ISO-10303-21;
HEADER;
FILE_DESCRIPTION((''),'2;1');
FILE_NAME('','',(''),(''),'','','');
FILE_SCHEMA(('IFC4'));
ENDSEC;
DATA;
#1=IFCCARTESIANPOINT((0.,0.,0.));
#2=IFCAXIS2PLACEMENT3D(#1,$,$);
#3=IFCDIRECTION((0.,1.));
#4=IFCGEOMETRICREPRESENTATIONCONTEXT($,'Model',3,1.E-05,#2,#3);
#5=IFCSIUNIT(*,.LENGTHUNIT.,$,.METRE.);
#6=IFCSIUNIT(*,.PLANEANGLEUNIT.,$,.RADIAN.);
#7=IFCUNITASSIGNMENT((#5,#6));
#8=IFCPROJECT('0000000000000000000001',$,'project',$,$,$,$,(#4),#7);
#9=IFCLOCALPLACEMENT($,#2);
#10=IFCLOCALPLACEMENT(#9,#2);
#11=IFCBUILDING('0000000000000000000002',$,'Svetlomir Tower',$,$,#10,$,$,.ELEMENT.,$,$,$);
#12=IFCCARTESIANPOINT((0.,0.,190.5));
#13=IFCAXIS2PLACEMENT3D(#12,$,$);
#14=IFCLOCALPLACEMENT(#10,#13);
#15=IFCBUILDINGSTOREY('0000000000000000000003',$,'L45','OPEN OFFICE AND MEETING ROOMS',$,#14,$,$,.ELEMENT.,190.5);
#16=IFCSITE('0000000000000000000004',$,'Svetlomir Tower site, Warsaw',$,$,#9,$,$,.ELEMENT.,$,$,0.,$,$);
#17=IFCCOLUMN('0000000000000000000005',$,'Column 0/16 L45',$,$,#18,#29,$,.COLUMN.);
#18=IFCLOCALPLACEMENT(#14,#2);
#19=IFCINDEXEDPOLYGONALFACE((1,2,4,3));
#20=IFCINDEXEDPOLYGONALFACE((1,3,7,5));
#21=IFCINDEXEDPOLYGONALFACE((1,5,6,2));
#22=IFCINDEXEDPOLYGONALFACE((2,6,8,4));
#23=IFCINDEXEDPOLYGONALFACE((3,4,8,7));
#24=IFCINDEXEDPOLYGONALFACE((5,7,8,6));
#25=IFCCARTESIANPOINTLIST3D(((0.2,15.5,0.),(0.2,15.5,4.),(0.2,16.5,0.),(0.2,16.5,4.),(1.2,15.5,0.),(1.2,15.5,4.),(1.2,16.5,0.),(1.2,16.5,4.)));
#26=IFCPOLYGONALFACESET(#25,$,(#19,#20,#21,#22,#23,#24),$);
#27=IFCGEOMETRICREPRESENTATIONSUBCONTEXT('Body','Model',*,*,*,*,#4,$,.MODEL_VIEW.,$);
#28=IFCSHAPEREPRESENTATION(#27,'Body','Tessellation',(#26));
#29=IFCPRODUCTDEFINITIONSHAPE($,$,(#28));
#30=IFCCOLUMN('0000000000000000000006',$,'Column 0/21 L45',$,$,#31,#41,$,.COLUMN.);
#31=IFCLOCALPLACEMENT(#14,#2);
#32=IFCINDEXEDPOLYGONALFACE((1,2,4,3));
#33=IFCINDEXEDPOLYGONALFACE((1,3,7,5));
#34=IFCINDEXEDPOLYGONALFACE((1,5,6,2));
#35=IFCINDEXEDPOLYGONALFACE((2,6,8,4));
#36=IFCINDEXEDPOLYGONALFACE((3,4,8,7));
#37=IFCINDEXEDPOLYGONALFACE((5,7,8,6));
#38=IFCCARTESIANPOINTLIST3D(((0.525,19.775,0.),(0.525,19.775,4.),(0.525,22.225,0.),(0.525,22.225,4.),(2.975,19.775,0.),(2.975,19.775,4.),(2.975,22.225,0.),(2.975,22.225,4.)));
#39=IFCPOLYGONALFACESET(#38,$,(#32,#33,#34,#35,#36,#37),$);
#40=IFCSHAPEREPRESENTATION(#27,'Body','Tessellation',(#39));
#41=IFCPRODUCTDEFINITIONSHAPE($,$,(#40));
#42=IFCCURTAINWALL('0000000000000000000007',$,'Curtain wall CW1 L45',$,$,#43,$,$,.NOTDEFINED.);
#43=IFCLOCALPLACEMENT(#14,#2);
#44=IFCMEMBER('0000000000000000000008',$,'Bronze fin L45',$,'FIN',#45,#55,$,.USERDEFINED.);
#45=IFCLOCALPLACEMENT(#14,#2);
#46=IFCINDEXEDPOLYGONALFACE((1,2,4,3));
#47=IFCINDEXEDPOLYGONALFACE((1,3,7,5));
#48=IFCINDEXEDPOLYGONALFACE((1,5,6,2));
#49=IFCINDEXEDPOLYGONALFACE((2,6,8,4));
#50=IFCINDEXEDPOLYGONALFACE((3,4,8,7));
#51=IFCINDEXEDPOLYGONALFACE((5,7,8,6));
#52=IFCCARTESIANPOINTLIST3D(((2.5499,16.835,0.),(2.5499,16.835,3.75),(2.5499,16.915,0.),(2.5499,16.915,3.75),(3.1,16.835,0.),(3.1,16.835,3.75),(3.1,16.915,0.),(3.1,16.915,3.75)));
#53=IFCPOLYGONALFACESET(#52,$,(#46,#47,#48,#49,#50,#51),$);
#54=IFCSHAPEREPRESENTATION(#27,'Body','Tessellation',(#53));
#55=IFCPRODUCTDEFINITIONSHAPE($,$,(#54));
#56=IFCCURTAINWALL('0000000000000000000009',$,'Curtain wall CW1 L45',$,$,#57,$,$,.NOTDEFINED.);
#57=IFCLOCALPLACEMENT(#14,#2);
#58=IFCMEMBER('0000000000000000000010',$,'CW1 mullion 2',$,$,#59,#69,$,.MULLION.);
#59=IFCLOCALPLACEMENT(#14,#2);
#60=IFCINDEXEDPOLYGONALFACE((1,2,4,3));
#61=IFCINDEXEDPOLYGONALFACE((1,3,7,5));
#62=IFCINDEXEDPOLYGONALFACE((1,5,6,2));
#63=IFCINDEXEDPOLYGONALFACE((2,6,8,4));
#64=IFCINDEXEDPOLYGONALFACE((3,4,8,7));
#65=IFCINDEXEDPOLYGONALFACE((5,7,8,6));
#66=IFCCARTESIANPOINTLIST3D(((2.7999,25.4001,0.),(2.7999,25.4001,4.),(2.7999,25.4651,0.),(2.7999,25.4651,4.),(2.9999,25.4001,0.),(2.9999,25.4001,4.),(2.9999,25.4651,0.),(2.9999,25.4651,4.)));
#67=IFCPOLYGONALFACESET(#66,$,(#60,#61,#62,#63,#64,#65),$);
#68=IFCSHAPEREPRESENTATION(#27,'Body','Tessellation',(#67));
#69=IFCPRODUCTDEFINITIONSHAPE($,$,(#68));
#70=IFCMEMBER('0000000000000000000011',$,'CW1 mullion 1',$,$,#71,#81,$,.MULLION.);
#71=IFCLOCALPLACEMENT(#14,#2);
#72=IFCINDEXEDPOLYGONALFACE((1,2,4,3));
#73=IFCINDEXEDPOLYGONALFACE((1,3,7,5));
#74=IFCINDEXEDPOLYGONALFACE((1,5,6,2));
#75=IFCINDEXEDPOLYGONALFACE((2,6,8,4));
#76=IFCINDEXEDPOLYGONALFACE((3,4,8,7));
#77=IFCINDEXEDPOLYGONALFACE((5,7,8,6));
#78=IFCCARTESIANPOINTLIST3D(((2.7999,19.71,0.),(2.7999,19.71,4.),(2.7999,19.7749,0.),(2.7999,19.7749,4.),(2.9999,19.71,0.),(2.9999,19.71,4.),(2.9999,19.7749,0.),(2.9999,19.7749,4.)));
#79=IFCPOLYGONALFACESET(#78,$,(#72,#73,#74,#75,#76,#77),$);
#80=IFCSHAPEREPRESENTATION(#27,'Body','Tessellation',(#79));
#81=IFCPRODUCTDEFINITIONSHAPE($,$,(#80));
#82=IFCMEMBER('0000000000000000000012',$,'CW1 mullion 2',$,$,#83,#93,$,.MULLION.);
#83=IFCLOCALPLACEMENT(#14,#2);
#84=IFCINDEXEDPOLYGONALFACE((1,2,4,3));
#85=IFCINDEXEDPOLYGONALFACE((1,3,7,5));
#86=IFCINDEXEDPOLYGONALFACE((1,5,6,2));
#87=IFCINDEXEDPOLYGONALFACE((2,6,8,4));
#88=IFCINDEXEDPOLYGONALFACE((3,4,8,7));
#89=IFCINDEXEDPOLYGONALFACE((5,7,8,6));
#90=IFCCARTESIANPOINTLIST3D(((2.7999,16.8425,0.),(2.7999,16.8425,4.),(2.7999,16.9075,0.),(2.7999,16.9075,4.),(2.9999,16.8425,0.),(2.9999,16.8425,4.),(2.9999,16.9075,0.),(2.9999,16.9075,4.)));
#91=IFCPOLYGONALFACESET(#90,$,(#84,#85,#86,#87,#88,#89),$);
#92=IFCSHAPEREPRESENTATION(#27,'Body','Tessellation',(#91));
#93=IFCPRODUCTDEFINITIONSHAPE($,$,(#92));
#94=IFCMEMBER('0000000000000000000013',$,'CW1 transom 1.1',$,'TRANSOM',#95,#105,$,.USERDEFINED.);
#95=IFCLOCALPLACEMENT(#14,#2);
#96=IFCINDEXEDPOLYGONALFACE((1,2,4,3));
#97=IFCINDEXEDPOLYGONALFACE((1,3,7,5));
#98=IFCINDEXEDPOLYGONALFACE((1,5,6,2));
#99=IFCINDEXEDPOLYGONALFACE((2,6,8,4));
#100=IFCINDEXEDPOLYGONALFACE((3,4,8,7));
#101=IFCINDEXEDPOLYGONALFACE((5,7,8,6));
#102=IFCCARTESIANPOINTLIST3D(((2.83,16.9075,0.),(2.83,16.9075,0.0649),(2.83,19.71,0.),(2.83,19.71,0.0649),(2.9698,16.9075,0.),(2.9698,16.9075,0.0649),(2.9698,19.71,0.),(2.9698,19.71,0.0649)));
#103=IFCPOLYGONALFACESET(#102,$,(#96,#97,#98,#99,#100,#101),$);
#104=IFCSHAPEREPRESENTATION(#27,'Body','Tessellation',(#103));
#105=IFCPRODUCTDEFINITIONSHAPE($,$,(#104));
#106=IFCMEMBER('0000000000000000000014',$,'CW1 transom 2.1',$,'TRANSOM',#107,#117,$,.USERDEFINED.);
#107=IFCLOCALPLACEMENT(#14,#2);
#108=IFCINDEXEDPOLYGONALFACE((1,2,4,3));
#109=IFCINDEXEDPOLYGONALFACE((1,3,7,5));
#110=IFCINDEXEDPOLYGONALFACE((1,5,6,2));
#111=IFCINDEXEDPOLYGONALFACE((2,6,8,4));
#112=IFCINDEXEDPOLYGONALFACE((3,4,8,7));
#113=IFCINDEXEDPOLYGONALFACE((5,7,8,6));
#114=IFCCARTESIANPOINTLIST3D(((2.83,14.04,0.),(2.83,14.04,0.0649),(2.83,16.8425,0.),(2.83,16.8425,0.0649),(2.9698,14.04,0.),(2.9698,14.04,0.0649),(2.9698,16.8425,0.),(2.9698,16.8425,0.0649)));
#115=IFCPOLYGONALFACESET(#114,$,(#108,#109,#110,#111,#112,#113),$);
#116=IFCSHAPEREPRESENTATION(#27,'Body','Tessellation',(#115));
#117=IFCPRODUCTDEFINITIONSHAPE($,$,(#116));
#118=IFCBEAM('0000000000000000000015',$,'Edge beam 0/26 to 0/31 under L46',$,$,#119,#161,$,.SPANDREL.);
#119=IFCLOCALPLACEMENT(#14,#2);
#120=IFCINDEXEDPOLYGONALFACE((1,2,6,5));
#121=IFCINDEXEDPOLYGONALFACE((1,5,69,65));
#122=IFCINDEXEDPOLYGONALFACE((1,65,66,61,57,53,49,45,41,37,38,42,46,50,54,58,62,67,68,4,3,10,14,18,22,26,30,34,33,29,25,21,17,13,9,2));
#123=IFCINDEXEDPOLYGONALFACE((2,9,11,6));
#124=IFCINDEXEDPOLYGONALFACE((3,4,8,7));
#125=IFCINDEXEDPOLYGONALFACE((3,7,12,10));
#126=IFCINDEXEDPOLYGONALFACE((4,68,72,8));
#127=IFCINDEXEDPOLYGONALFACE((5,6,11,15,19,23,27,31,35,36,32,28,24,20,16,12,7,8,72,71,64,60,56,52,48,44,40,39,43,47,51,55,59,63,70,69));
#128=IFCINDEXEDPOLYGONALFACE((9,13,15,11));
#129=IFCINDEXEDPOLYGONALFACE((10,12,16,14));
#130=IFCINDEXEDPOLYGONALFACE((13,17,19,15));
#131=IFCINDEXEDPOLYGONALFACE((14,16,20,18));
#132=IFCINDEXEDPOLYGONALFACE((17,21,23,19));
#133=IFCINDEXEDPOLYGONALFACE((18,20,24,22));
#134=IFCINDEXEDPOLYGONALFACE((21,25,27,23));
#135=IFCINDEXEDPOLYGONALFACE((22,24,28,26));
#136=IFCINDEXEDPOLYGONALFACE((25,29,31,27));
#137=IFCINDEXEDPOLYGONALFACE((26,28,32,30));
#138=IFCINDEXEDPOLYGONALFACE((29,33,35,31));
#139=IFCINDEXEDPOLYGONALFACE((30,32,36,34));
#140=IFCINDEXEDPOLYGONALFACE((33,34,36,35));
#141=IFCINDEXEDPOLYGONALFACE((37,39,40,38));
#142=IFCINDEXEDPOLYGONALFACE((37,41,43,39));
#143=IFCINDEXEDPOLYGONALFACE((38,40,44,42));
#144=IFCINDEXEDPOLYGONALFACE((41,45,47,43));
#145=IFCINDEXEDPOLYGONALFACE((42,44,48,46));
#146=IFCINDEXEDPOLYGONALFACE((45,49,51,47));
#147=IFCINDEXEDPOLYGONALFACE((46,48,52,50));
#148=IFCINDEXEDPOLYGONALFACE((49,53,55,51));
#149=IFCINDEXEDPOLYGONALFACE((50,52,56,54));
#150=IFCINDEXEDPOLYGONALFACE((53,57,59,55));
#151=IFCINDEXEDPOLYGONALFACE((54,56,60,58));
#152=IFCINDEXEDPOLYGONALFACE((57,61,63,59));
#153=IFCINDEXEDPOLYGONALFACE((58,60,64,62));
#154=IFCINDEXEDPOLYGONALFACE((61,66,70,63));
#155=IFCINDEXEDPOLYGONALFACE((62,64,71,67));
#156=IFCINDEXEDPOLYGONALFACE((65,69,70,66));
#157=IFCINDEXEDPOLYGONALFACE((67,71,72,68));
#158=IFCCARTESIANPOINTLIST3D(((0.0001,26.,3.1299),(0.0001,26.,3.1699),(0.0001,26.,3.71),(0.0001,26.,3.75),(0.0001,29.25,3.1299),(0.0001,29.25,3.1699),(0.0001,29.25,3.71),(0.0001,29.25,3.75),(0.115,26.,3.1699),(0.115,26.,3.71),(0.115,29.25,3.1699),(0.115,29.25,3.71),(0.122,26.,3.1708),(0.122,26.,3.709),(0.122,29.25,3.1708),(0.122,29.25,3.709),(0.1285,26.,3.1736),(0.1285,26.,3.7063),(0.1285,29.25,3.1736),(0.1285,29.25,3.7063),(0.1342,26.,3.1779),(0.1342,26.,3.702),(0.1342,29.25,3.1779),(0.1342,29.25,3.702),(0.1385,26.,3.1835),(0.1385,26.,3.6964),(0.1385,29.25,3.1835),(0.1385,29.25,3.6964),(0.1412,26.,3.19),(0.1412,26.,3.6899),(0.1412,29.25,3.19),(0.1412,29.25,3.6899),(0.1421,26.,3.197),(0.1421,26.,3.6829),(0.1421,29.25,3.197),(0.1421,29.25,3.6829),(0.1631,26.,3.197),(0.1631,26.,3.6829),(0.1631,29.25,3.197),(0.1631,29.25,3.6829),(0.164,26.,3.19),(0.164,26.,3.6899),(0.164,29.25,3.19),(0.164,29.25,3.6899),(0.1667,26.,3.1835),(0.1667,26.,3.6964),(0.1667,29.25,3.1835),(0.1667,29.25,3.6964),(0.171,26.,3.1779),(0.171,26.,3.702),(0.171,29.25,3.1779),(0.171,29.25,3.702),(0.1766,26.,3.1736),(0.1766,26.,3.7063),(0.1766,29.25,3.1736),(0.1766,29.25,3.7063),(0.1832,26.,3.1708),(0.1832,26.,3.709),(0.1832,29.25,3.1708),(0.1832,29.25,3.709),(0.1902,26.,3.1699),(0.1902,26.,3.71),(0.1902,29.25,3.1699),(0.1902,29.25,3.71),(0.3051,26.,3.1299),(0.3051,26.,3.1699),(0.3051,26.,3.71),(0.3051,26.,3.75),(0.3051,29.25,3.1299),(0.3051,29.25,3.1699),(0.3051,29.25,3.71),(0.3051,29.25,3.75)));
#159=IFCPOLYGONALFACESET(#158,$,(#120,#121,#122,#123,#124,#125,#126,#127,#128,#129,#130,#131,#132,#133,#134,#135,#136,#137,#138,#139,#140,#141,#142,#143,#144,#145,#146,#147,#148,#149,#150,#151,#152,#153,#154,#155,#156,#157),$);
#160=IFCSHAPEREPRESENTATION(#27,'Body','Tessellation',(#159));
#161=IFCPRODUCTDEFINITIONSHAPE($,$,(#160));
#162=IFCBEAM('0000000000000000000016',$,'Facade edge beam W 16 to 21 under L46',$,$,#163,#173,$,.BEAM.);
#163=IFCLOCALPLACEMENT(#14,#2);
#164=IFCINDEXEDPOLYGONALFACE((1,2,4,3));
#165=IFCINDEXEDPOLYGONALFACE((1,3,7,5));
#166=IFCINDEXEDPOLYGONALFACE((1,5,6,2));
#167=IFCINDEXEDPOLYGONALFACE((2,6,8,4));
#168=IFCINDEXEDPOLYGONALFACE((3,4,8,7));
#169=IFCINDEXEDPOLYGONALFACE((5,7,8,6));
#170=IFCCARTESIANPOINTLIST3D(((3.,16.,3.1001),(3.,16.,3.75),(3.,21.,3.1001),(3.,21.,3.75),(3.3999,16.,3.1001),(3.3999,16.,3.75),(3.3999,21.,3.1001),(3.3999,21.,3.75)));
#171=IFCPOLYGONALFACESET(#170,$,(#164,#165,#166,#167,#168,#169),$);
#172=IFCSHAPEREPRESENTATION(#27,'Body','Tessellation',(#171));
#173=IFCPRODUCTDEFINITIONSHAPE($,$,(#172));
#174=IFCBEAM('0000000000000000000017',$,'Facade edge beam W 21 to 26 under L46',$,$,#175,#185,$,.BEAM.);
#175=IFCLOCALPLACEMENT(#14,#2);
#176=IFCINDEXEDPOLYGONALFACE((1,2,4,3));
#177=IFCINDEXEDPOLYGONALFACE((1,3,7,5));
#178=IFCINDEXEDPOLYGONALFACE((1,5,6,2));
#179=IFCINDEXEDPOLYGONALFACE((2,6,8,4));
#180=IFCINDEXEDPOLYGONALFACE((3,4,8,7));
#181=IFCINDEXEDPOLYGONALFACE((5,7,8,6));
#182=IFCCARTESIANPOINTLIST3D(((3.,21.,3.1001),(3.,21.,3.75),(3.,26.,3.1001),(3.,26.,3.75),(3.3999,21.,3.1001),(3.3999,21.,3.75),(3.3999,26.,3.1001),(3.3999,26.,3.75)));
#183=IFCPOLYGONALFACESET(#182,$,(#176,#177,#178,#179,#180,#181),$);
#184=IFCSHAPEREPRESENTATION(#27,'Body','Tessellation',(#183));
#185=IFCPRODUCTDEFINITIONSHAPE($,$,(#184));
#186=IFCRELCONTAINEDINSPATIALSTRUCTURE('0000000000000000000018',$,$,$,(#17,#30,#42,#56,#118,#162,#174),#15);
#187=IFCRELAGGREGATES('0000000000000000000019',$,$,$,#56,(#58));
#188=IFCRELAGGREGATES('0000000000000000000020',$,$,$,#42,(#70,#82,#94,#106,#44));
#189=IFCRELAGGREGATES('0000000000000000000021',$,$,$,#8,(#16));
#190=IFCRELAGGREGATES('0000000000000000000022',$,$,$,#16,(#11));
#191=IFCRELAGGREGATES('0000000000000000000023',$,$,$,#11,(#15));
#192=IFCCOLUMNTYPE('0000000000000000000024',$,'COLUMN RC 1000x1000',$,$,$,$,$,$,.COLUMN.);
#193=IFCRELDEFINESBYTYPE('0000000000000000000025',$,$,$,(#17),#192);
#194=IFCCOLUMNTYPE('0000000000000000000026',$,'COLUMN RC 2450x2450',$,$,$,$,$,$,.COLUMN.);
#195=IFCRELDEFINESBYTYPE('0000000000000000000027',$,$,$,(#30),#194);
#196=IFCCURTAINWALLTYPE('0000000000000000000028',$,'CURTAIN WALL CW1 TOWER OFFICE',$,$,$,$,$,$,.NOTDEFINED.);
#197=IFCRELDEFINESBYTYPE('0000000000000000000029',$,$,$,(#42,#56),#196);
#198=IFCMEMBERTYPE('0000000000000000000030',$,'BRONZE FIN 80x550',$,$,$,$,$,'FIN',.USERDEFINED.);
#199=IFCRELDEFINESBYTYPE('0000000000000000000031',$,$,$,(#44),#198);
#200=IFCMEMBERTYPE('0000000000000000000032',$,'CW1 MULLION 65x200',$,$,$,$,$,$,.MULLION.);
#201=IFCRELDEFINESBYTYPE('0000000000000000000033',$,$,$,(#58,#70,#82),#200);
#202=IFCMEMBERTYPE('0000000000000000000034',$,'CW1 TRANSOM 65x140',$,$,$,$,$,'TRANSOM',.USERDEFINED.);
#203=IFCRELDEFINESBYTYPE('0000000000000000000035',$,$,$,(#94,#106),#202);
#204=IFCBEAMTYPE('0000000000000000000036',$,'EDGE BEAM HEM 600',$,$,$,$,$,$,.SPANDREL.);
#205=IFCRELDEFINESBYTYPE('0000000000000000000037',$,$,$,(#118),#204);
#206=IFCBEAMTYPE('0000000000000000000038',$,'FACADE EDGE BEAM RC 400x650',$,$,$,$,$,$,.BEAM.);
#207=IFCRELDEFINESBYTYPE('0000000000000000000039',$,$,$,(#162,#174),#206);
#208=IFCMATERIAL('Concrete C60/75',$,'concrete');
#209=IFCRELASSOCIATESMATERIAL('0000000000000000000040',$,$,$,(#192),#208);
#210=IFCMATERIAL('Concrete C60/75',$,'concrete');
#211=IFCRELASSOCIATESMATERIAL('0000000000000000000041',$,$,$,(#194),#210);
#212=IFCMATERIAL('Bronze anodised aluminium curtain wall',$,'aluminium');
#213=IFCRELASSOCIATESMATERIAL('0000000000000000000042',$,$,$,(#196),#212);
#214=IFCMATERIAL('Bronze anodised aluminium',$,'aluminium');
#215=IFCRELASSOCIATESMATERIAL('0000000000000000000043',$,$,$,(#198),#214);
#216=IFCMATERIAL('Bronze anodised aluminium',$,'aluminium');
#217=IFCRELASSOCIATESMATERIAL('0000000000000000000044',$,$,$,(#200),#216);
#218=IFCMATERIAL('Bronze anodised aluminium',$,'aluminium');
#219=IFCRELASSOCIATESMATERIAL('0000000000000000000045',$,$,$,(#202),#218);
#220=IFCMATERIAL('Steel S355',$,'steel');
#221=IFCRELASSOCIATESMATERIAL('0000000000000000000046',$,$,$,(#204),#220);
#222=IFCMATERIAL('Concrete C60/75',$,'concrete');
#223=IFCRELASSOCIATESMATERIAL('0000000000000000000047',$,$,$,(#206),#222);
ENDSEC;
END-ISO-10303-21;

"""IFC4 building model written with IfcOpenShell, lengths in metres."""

from ifc_helpers import new_model, si_unit, direction, frame, origin, origin_2d, place, context, subcontext, project, spatial, rectangle, i_section, extrude, material, material_profile, profile_set, type_object, element, aggregate, save


model = new_model("IFC4")

# Units and contexts
model_context = context("Model", 3, precision=1e-05, world=origin(), true_north=direction((0.0, 1.0)))
body_context = subcontext(model_context, "Body", "Model", "MODEL_VIEW")
ifc_project = project(units=[si_unit("LENGTHUNIT", "METRE"), si_unit("PLANEANGLEUNIT", "RADIAN")], contexts=[model_context])

# Site, building, storey
site_placement = place(None, origin())
site = spatial("IfcSite", under=ifc_project, at=site_placement, Name="Svetlomir Tower site, Warsaw", CompositionType="ELEMENT", RefElevation=0.0)
building_placement = place(site_placement, origin())
building = spatial("IfcBuilding", under=site, at=building_placement, Name="Svetlomir Tower", CompositionType="ELEMENT")
storey_placement = place(building_placement, frame((0.0, 0.0, 190.5)))
storey = spatial("IfcBuildingStorey", under=building, at=storey_placement, Name="L45", Description="OPEN OFFICE AND MEETING ROOMS", CompositionType="ELEMENT", Elevation=190.5)

# Columns
ifc_material_1 = material(Name="Concrete C60/75", Category="concrete")
ifc_material_profile_1 = material_profile(ifc_material_1, rectangle(XDim=1.0, YDim=1.0, at=origin_2d()), Name="RC 1000x1000")
ifc_profile_set_1 = profile_set([ifc_material_profile_1], Name="Concrete C60/75")
column_type_1 = type_object("IfcColumnType", Name="COLUMN RC 1000x1000", PredefinedType="COLUMN", material=ifc_profile_set_1)
column_1_placement = place(storey_placement, frame((0.7, 16.0, 0.0), z_axis=(0.0, 0.0, 1.0), x_axis=(1.0, 0.0, 0.0)))
element("IfcColumn", 1, at=column_1_placement, inside=storey, type_object=column_type_1, Name="Column 0/16 L45", PredefinedType="COLUMN", context=body_context, shape_type="SweptSolid", body=[
    extrude(rectangle(XDim=1.0, YDim=1.0, at=origin_2d()), origin(), (0.0, 0.0, 1.0), 4.0),
])
ifc_material_2 = material(Name="Concrete C60/75", Category="concrete")
ifc_material_profile_2 = material_profile(ifc_material_2, rectangle(XDim=2.45, YDim=2.45, at=origin_2d()), Name="RC 2450x2450")
ifc_profile_set_2 = profile_set([ifc_material_profile_2], Name="Concrete C60/75")
column_type_2 = type_object("IfcColumnType", Name="COLUMN RC 2450x2450", PredefinedType="COLUMN", material=ifc_profile_set_2)
column_2_placement = place(storey_placement, frame((1.75, 21.0, 0.0), z_axis=(0.0, 0.0, 1.0), x_axis=(1.0, 0.0, 0.0)))
element("IfcColumn", 2, at=column_2_placement, inside=storey, type_object=column_type_2, Name="Column 0/21 L45", PredefinedType="COLUMN", context=body_context, shape_type="SweptSolid", body=[
    extrude(rectangle(XDim=2.45, YDim=2.45, at=origin_2d()), origin(), (0.0, 0.0, 1.0), 4.0),
])

# Curtain walls, members
ifc_material_3 = material(Name="Bronze anodised aluminium curtain wall", Category="aluminium")
curtain_wall_type = type_object("IfcCurtainWallType", Name="CURTAIN WALL CW1 TOWER OFFICE", PredefinedType="NOTDEFINED", material=ifc_material_3)
curtain_wall_1_placement = place(storey_placement, origin())
curtain_wall_1 = element("IfcCurtainWall", 3, at=curtain_wall_1_placement, inside=storey, type_object=curtain_wall_type, Name="Curtain wall CW1 L45", PredefinedType="NOTDEFINED")
ifc_material_4 = material(Name="Bronze anodised aluminium", Category="aluminium")
ifc_material_profile_3 = material_profile(ifc_material_4, rectangle(XDim=0.0801, YDim=0.55, at=origin_2d()), Name="FIN 80x550")
ifc_profile_set_3 = profile_set([ifc_material_profile_3], Name="Bronze anodised aluminium 6063-T6")
member_type_1 = type_object("IfcMemberType", Name="BRONZE FIN 80x550", ElementType="FIN", PredefinedType="USERDEFINED", material=ifc_profile_set_3)
member_1_placement = place(storey_placement, frame((2.825, 16.875, 0.0), z_axis=(0.0, 0.0, 1.0), x_axis=(0.0, 1.0, 0.0)))
member_1 = element("IfcMember", 4, at=member_1_placement, type_object=member_type_1, Name="Bronze fin L45", ObjectType="FIN", PredefinedType="USERDEFINED", context=body_context, shape_type="SweptSolid", body=[
    extrude(rectangle(XDim=0.0801, YDim=0.55, at=origin_2d()), origin(), (0.0, 0.0, 1.0), 3.75),
])
curtain_wall_2_placement = place(storey_placement, origin())
curtain_wall_2 = element("IfcCurtainWall", 5, at=curtain_wall_2_placement, inside=storey, type_object=curtain_wall_type, Name="Curtain wall CW1 L45", PredefinedType="NOTDEFINED")
ifc_material_5 = material(Name="Bronze anodised aluminium", Category="aluminium")
ifc_material_profile_4 = material_profile(ifc_material_5, rectangle(XDim=0.0649, YDim=0.2, at=origin_2d()), Name="AL 65x200")
ifc_profile_set_4 = profile_set([ifc_material_profile_4], Name="Bronze anodised aluminium 6063-T6")
member_type_2 = type_object("IfcMemberType", Name="CW1 MULLION 65x200", PredefinedType="MULLION", material=ifc_profile_set_4)
member_2_placement = place(storey_placement, frame((2.8999, 25.4326, 0.0), z_axis=(0.0, 0.0, 1.0), x_axis=(0.0, -1.0, 0.0)))
member_2 = element("IfcMember", 6, at=member_2_placement, type_object=member_type_2, Name="CW1 mullion 2", PredefinedType="MULLION", context=body_context, shape_type="SweptSolid", body=[
    extrude(rectangle(XDim=0.0649, YDim=0.2, at=origin_2d()), origin(), (0.0, 0.0, 1.0), 4.0),
])
aggregate(curtain_wall_2, [member_2])

# Members
member_3_placement = place(storey_placement, frame((2.8999, 19.7424, 0.0), z_axis=(0.0, 0.0, 1.0), x_axis=(0.0, -1.0, 0.0)))
member_3 = element("IfcMember", 7, at=member_3_placement, type_object=member_type_2, Name="CW1 mullion 1", PredefinedType="MULLION", context=body_context, shape_type="SweptSolid", body=[
    extrude(rectangle(XDim=0.0649, YDim=0.2, at=origin_2d()), origin(), (0.0, 0.0, 1.0), 4.0),
])
member_4_placement = place(storey_placement, frame((2.8999, 16.875, 0.0), z_axis=(0.0, 0.0, 1.0), x_axis=(0.0, -1.0, 0.0)))
member_4 = element("IfcMember", 8, at=member_4_placement, type_object=member_type_2, Name="CW1 mullion 2", PredefinedType="MULLION", context=body_context, shape_type="SweptSolid", body=[
    extrude(rectangle(XDim=0.0649, YDim=0.2, at=origin_2d()), origin(), (0.0, 0.0, 1.0), 4.0),
])
ifc_material_6 = material(Name="Bronze anodised aluminium", Category="aluminium")
ifc_material_profile_5 = material_profile(ifc_material_6, rectangle(XDim=0.1399, YDim=0.0649, at=origin_2d()), Name="AL 140x65")
ifc_profile_set_5 = profile_set([ifc_material_profile_5], Name="Bronze anodised aluminium 6063-T6")
member_type_3 = type_object("IfcMemberType", Name="CW1 TRANSOM 65x140", ElementType="TRANSOM", PredefinedType="USERDEFINED", material=ifc_profile_set_5)
member_5_placement = place(storey_placement, frame((2.8999, 19.71, 0.0325), z_axis=(0.0, -1.0, 0.0), x_axis=(1.0, 0.0, 0.0)))
member_5 = element("IfcMember", 9, at=member_5_placement, type_object=member_type_3, Name="CW1 transom 1.1", ObjectType="TRANSOM", PredefinedType="USERDEFINED", context=body_context, shape_type="SweptSolid", body=[
    extrude(rectangle(XDim=0.1399, YDim=0.0649, at=origin_2d()), origin(), (0.0, 0.0, 1.0), 2.8025),
])
member_6_placement = place(storey_placement, frame((2.8999, 16.8425, 0.0325), z_axis=(0.0, -1.0, 0.0), x_axis=(1.0, 0.0, 0.0)))
member_6 = element("IfcMember", 10, at=member_6_placement, type_object=member_type_3, Name="CW1 transom 2.1", ObjectType="TRANSOM", PredefinedType="USERDEFINED", context=body_context, shape_type="SweptSolid", body=[
    extrude(rectangle(XDim=0.1399, YDim=0.0649, at=origin_2d()), origin(), (0.0, 0.0, 1.0), 2.8025),
])

# Beams
ifc_material_7 = material(Name="Steel S355", Category="steel")
ifc_material_profile_6 = material_profile(ifc_material_7, i_section(OverallWidth=0.3049, OverallDepth=0.6201, WebThickness=0.021, FlangeThickness=0.04, FilletRadius=0.0271, at=origin_2d()), Name="HEM 600")
ifc_profile_set_6 = profile_set([ifc_material_profile_6], Name="Steel S355")
beam_type_1 = type_object("IfcBeamType", Name="EDGE BEAM HEM 600", PredefinedType="SPANDREL", material=ifc_profile_set_6)
beam_1_placement = place(storey_placement, frame((0.1526, 26.0, 3.4399), z_axis=(0.0, 1.0, 0.0), x_axis=(-1.0, 0.0, 0.0)))
element("IfcBeam", 11, at=beam_1_placement, inside=storey, type_object=beam_type_1, Name="Edge beam 0/26 to 0/31 under L46", PredefinedType="SPANDREL", context=body_context, shape_type="SweptSolid", body=[
    extrude(i_section(OverallWidth=0.3049, OverallDepth=0.6201, WebThickness=0.021, FlangeThickness=0.04, FilletRadius=0.0271, at=origin_2d()), origin(), (0.0, 0.0, 1.0), 3.25),
])
ifc_material_8 = material(Name="Concrete C60/75", Category="concrete")
ifc_material_profile_7 = material_profile(ifc_material_8, rectangle(XDim=0.3999, YDim=0.6499, at=origin_2d()), Name="RC 400x650")
ifc_profile_set_7 = profile_set([ifc_material_profile_7], Name="Concrete C60/75")
beam_type_2 = type_object("IfcBeamType", Name="FACADE EDGE BEAM RC 400x650", PredefinedType="BEAM", material=ifc_profile_set_7)
for number, where, z_axis, x_axis, name in (
    (12, (3.2, 16.0, 3.425), (0.0, 1.0, 0.0), (-1.0, 0.0, 0.0), "Facade edge beam W 16 to 21 under L46"),
    (13, (3.2, 21.0, 3.425), (0.0, 1.0, 0.0), (-1.0, 0.0, 0.0), "Facade edge beam W 21 to 26 under L46"),
):
    element("IfcBeam", number, at=place(storey_placement, frame(where, z_axis=z_axis, x_axis=x_axis)), inside=storey, type_object=beam_type_2, Name=name, PredefinedType="BEAM", context=body_context, shape_type="SweptSolid", body=[
        extrude(rectangle(XDim=0.3999, YDim=0.6499, at=origin_2d()), origin(), (0.0, 0.0, 1.0), 5.0),
    ])

aggregate(curtain_wall_1, [member_3, member_4, member_5, member_6, member_1])

save(model, "model.ifc")
